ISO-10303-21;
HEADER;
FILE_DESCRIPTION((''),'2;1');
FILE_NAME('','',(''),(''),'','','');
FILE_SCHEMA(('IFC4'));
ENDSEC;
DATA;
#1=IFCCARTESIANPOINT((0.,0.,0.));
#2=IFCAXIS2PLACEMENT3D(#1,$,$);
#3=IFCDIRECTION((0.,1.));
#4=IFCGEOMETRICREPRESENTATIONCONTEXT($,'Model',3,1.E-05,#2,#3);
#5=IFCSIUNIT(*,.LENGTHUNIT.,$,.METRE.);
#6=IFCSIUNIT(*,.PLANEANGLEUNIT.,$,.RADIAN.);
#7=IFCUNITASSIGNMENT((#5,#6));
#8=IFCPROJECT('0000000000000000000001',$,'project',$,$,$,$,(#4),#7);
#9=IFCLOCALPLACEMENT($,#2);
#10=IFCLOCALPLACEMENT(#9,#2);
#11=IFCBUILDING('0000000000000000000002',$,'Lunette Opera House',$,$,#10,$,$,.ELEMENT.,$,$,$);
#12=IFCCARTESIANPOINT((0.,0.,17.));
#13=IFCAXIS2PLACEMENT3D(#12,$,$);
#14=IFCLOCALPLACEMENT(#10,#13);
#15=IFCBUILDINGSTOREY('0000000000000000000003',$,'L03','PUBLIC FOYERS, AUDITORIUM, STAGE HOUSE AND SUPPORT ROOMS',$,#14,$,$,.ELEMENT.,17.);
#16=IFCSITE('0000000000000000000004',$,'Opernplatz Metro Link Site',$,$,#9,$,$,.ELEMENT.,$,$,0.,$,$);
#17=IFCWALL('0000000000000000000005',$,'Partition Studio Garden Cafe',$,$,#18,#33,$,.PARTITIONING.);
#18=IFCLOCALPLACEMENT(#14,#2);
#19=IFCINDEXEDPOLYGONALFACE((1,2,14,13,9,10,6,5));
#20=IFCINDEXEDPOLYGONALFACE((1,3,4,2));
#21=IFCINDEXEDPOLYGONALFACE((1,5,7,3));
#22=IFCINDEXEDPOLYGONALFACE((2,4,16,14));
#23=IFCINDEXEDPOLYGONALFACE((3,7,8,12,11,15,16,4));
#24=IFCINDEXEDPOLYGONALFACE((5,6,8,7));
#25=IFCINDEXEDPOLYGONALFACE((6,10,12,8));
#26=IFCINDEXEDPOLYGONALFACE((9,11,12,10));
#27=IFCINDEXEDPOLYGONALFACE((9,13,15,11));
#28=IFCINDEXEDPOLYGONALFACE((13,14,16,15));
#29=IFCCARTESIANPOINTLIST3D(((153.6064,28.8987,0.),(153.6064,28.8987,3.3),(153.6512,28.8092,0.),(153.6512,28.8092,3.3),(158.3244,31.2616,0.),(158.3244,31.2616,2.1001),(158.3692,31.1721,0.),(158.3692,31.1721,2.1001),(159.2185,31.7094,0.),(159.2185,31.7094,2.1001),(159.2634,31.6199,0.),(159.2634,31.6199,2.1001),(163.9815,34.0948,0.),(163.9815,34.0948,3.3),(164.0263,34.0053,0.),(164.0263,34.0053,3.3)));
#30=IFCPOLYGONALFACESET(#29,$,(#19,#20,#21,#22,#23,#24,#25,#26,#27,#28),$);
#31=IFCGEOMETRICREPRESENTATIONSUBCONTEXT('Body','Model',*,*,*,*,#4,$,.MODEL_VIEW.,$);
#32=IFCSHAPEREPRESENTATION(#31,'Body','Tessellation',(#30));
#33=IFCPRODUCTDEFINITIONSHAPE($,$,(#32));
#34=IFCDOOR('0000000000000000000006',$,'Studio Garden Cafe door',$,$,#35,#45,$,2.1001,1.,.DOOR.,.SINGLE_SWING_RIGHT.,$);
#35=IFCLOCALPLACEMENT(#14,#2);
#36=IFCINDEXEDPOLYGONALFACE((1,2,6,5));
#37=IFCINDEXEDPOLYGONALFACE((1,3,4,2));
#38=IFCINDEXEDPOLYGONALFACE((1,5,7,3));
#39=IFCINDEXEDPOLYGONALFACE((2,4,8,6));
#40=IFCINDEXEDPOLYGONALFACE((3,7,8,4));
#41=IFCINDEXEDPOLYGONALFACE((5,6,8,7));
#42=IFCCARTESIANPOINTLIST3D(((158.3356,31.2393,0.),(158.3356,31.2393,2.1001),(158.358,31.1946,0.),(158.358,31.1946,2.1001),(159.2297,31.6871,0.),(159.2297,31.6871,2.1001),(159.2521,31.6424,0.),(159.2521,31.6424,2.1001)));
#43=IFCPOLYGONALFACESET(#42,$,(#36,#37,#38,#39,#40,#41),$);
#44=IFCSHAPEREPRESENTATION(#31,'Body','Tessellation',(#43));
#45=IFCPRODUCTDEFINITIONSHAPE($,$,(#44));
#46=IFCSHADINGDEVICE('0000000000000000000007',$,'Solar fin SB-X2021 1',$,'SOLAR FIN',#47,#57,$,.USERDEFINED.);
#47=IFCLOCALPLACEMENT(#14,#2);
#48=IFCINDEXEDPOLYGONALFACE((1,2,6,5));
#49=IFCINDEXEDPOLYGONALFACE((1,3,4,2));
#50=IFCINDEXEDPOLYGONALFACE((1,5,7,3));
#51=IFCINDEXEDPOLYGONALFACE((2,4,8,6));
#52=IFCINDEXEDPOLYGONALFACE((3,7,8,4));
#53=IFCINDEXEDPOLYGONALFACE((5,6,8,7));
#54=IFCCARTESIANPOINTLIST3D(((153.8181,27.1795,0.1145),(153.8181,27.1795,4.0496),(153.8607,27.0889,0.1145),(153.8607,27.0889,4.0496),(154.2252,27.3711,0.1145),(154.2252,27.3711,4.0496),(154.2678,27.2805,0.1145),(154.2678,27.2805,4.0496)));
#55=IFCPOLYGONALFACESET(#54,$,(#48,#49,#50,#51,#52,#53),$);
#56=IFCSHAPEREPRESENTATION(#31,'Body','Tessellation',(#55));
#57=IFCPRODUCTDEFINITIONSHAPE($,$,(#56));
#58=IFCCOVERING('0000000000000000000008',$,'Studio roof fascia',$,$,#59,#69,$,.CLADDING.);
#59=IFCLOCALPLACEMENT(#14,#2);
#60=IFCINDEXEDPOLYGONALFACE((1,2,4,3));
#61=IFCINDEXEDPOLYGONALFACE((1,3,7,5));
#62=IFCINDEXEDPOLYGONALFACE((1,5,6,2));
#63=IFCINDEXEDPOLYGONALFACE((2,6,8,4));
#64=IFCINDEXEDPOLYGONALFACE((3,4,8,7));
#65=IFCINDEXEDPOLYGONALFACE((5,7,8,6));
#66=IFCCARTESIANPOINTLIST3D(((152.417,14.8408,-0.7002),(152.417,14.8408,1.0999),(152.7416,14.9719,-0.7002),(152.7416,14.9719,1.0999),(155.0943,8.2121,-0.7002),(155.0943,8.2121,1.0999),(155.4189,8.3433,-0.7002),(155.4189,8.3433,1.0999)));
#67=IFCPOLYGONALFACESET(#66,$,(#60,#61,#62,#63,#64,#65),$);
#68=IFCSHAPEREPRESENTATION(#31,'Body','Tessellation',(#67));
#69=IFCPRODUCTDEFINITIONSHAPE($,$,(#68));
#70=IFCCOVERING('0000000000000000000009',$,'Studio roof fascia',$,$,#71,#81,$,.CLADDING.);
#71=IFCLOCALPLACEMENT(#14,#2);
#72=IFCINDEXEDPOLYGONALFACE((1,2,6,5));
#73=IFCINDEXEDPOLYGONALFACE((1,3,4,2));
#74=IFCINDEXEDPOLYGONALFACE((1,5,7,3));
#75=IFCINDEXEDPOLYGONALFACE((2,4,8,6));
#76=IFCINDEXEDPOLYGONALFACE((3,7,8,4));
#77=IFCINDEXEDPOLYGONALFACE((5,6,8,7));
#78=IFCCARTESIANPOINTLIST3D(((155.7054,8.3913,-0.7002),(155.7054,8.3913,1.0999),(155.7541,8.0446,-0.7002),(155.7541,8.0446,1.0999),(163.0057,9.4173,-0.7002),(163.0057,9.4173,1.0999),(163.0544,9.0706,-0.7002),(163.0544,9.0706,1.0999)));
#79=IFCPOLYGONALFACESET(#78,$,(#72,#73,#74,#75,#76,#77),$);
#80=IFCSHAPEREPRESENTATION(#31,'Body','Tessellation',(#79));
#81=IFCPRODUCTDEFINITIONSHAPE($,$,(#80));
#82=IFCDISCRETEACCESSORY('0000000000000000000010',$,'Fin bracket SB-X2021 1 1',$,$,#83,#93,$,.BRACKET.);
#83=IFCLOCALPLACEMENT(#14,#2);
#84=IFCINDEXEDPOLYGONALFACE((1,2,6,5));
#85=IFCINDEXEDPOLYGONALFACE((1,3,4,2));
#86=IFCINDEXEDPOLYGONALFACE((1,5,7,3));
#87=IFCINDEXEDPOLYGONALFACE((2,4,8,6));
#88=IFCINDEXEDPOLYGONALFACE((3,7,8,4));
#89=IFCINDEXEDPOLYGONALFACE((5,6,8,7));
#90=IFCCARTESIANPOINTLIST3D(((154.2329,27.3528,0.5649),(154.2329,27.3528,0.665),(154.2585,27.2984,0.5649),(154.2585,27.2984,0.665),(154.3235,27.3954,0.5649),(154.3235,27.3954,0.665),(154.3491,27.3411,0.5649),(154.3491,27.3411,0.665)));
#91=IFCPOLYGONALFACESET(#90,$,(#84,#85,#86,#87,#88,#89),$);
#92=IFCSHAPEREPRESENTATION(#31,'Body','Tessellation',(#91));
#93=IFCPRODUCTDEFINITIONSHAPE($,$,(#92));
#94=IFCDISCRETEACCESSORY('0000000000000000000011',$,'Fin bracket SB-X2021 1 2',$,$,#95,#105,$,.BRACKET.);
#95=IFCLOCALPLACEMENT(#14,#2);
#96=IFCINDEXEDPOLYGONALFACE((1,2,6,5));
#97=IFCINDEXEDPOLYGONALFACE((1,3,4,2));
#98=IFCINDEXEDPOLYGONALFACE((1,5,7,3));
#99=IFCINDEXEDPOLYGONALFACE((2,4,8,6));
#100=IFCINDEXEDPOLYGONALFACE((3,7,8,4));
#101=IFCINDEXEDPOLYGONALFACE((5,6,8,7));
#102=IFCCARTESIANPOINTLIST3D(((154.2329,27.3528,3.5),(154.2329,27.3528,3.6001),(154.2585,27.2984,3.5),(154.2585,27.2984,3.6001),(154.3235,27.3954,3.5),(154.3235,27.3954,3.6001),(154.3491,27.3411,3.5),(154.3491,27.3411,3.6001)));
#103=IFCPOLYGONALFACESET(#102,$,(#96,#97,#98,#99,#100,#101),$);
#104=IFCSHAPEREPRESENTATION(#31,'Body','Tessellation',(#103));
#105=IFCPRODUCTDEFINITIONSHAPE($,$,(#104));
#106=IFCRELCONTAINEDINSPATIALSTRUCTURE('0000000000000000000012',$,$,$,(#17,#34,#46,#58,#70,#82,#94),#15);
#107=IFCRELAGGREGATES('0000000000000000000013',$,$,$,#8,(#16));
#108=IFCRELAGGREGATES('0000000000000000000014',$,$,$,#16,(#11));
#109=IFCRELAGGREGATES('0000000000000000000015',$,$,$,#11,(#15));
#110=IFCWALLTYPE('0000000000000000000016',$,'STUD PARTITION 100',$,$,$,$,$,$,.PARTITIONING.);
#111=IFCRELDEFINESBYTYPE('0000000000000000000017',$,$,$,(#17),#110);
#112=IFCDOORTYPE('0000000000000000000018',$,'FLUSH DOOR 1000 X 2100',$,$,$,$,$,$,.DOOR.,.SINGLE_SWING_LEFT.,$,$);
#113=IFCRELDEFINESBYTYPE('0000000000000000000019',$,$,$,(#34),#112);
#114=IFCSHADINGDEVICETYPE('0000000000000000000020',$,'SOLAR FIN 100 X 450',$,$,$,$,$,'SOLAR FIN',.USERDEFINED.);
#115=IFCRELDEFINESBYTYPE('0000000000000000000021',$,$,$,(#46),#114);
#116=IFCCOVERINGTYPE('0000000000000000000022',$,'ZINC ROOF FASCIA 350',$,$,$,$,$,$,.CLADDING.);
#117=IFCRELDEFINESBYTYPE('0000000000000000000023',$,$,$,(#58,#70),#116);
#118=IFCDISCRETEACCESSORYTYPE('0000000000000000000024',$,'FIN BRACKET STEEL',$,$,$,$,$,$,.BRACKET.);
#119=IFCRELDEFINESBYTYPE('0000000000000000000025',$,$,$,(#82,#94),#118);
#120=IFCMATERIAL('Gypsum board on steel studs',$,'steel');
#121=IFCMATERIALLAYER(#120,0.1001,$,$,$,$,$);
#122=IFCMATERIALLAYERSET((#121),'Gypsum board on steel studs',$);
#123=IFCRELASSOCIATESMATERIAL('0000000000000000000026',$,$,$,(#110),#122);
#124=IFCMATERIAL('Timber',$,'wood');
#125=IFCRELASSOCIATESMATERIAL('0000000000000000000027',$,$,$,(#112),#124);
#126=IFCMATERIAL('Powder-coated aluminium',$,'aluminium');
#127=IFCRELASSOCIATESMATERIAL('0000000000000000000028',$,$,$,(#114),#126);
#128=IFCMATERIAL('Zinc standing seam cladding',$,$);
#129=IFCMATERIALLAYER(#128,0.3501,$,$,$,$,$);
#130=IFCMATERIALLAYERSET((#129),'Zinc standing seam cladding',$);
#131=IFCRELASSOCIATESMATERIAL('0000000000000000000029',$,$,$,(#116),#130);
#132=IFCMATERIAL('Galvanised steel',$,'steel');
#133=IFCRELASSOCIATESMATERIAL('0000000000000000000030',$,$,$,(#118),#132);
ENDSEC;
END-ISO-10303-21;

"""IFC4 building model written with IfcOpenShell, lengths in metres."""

from ifc_helpers import new_model, si_unit, direction, frame, frame_2d, origin, origin_2d, place, context, subcontext, project, spatial, rectangle, extrude, material, layer, layer_set, type_object, element, fill, save


model = new_model("IFC4")

# Units and contexts
model_context = context("Model", 3, precision=1e-05, world=origin(), true_north=direction((0.0, 1.0)))
body_context = subcontext(model_context, "Body", "Model", "MODEL_VIEW")
ifc_project = project(units=[si_unit("LENGTHUNIT", "METRE"), si_unit("PLANEANGLEUNIT", "RADIAN")], contexts=[model_context])

# Site, building, storey
site_placement = place(None, origin())
site = spatial("IfcSite", under=ifc_project, at=site_placement, Name="Opernplatz Metro Link Site", CompositionType="ELEMENT", RefElevation=0.0)
building_placement = place(site_placement, origin())
building = spatial("IfcBuilding", under=site, at=building_placement, Name="Lunette Opera House", CompositionType="ELEMENT")
storey_placement = place(building_placement, frame((0.0, 0.0, 17.0)))
storey = spatial("IfcBuildingStorey", under=building, at=storey_placement, Name="L03", Description="PUBLIC FOYERS, AUDITORIUM, STAGE HOUSE AND SUPPORT ROOMS", CompositionType="ELEMENT", Elevation=17.0)

# Wall, opening, door
ifc_material_1 = material(Name="Gypsum board on steel studs", Category="steel")
ifc_layer_1 = layer(ifc_material_1, 0.1001)
ifc_layer_set_1 = layer_set([ifc_layer_1], Name="Gypsum board on steel studs")
wall_type_1 = type_object("IfcWallType", Name="STUD PARTITION 100", PredefinedType="PARTITIONING", material=ifc_layer_set_1)
wall_1_placement = place(storey_placement, frame((164.0039, 34.05, 0.0), z_axis=(0.0, 0.0, 1.0), x_axis=(-0.894132, -0.447803, 0.0)))
wall_1 = element("IfcWall", 1, at=wall_1_placement, inside=storey, type_object=wall_type_1, Name="Partition Studio Garden Cafe", PredefinedType="PARTITIONING", context=body_context, shape_type="SweptSolid", body=[
    extrude(rectangle(XDim=11.6035, YDim=0.1001, at=frame_2d((5.8018, 0.0))), origin(), (0.0, 0.0, 1.0), 3.3),
])
opening_1_placement = place(wall_1_placement, frame((5.3269, 0.0, 0.0)))
opening_1 = element("IfcOpeningElement", 2, at=opening_1_placement, cuts=wall_1, PredefinedType="OPENING", context=body_context, shape_type="SweptSolid", body=[
    extrude(rectangle(XDim=1.0, YDim=2.1001, at=frame_2d((0.5, 1.05))), frame((0.0, 0.062, 0.0), z_axis=(0.0, -1.0, 0.0), x_axis=(1.0, 0.0, 0.0)), (0.0, 0.0, 1.0), 0.124),
])
ifc_material_2 = material(Name="Timber", Category="wood")
door_type_1 = type_object("IfcDoorType", Name="FLUSH DOOR 1000 X 2100", OperationType="SINGLE_SWING_LEFT", PredefinedType="DOOR", material=ifc_material_2)
door_1_placement = place(opening_1_placement, origin())
door_1 = element("IfcDoor", 3, at=door_1_placement, inside=storey, type_object=door_type_1, Name="Studio Garden Cafe door", OperationType="SINGLE_SWING_RIGHT", OverallHeight=2.1001, OverallWidth=1.0, PredefinedType="DOOR", context=body_context, shape_type="SweptSolid", body=[
    extrude(rectangle(XDim=1.0, YDim=2.1001, at=frame_2d((0.5, 1.05))), frame((0.0, 0.0249, 0.0), z_axis=(0.0, -1.0, 0.0), x_axis=(1.0, 0.0, 0.0)), (0.0, 0.0, 1.0), 0.05),
])
fill(opening_1, door_1)

# Shading device
ifc_material_3 = material(Name="Powder-coated aluminium", Category="aluminium")
shading_device_type = type_object("IfcShadingDeviceType", Name="SOLAR FIN 100 X 450", ElementType="SOLAR FIN", PredefinedType="USERDEFINED", material=ifc_material_3)
shading_device_placement = place(storey_placement, frame((154.043, 27.23, 0.1145), z_axis=(0.0, 0.0, 1.0), x_axis=(-0.904819, -0.425797, 0.0)))
element("IfcShadingDevice", 4, at=shading_device_placement, inside=storey, type_object=shading_device_type, Name="Solar fin SB-X2021 1", ObjectType="SOLAR FIN", PredefinedType="USERDEFINED", context=body_context, shape_type="SweptSolid", body=[
    extrude(rectangle(XDim=0.45, YDim=0.1001, at=origin_2d()), origin(), (0.0, 0.0, 1.0), 3.9351),
])

# Coverings
ifc_material_4 = material(Name="Zinc standing seam cladding")
ifc_layer_2 = layer(ifc_material_4, 0.3501)
ifc_layer_set_2 = layer_set([ifc_layer_2], Name="Zinc standing seam cladding")
covering_type = type_object("IfcCoveringType", Name="ZINC ROOF FASCIA 350", PredefinedType="CLADDING", material=ifc_layer_set_2)
covering_1_placement = place(storey_placement, frame((153.918, 11.592, -0.7002), z_axis=(0.0, 0.0, 1.0), x_axis=(0.374501, -0.927226, 0.0)))
element("IfcCovering", 5, at=covering_1_placement, inside=storey, type_object=covering_type, Name="Studio roof fascia", PredefinedType="CLADDING", context=body_context, shape_type="SweptSolid", body=[
    extrude(rectangle(XDim=7.1489, YDim=0.3501, at=origin_2d()), origin(), (0.0, 0.0, 1.0), 1.8),
])
covering_2_placement = place(storey_placement, frame((159.3799, 8.731, -0.7002), z_axis=(0.0, 0.0, 1.0), x_axis=(0.990268, 0.139177, 0.0)))
element("IfcCovering", 6, at=covering_2_placement, inside=storey, type_object=covering_type, Name="Studio roof fascia", PredefinedType="CLADDING", context=body_context, shape_type="SweptSolid", body=[
    extrude(rectangle(XDim=7.3721, YDim=0.3501, at=origin_2d()), origin(), (0.0, 0.0, 1.0), 1.8),
])

# Discrete accessories
ifc_material_5 = material(Name="Galvanised steel", Category="steel")
discrete_accessory_type = type_object("IfcDiscreteAccessoryType", Name="FIN BRACKET STEEL", PredefinedType="BRACKET", material=ifc_material_5)
for number, where, z_axis, x_axis, name in (
    (7, (154.291, 27.3469, 0.5649), (0.0, 0.0, 1.0), (-0.904819, -0.425797, 0.0), "Fin bracket SB-X2021 1 1"),
    (8, (154.291, 27.3469, 3.5), (0.0, 0.0, 1.0), (-0.904819, -0.425797, 0.0), "Fin bracket SB-X2021 1 2"),
):
    element("IfcDiscreteAccessory", number, at=place(storey_placement, frame(where, z_axis=z_axis, x_axis=x_axis)), inside=storey, type_object=discrete_accessory_type, Name=name, PredefinedType="BRACKET", context=body_context, shape_type="SweptSolid", body=[
        extrude(rectangle(XDim=0.1001, YDim=0.0601, at=origin_2d()), origin(), (0.0, 0.0, 1.0), 0.1001),
    ])

save(model, "model.ifc")
